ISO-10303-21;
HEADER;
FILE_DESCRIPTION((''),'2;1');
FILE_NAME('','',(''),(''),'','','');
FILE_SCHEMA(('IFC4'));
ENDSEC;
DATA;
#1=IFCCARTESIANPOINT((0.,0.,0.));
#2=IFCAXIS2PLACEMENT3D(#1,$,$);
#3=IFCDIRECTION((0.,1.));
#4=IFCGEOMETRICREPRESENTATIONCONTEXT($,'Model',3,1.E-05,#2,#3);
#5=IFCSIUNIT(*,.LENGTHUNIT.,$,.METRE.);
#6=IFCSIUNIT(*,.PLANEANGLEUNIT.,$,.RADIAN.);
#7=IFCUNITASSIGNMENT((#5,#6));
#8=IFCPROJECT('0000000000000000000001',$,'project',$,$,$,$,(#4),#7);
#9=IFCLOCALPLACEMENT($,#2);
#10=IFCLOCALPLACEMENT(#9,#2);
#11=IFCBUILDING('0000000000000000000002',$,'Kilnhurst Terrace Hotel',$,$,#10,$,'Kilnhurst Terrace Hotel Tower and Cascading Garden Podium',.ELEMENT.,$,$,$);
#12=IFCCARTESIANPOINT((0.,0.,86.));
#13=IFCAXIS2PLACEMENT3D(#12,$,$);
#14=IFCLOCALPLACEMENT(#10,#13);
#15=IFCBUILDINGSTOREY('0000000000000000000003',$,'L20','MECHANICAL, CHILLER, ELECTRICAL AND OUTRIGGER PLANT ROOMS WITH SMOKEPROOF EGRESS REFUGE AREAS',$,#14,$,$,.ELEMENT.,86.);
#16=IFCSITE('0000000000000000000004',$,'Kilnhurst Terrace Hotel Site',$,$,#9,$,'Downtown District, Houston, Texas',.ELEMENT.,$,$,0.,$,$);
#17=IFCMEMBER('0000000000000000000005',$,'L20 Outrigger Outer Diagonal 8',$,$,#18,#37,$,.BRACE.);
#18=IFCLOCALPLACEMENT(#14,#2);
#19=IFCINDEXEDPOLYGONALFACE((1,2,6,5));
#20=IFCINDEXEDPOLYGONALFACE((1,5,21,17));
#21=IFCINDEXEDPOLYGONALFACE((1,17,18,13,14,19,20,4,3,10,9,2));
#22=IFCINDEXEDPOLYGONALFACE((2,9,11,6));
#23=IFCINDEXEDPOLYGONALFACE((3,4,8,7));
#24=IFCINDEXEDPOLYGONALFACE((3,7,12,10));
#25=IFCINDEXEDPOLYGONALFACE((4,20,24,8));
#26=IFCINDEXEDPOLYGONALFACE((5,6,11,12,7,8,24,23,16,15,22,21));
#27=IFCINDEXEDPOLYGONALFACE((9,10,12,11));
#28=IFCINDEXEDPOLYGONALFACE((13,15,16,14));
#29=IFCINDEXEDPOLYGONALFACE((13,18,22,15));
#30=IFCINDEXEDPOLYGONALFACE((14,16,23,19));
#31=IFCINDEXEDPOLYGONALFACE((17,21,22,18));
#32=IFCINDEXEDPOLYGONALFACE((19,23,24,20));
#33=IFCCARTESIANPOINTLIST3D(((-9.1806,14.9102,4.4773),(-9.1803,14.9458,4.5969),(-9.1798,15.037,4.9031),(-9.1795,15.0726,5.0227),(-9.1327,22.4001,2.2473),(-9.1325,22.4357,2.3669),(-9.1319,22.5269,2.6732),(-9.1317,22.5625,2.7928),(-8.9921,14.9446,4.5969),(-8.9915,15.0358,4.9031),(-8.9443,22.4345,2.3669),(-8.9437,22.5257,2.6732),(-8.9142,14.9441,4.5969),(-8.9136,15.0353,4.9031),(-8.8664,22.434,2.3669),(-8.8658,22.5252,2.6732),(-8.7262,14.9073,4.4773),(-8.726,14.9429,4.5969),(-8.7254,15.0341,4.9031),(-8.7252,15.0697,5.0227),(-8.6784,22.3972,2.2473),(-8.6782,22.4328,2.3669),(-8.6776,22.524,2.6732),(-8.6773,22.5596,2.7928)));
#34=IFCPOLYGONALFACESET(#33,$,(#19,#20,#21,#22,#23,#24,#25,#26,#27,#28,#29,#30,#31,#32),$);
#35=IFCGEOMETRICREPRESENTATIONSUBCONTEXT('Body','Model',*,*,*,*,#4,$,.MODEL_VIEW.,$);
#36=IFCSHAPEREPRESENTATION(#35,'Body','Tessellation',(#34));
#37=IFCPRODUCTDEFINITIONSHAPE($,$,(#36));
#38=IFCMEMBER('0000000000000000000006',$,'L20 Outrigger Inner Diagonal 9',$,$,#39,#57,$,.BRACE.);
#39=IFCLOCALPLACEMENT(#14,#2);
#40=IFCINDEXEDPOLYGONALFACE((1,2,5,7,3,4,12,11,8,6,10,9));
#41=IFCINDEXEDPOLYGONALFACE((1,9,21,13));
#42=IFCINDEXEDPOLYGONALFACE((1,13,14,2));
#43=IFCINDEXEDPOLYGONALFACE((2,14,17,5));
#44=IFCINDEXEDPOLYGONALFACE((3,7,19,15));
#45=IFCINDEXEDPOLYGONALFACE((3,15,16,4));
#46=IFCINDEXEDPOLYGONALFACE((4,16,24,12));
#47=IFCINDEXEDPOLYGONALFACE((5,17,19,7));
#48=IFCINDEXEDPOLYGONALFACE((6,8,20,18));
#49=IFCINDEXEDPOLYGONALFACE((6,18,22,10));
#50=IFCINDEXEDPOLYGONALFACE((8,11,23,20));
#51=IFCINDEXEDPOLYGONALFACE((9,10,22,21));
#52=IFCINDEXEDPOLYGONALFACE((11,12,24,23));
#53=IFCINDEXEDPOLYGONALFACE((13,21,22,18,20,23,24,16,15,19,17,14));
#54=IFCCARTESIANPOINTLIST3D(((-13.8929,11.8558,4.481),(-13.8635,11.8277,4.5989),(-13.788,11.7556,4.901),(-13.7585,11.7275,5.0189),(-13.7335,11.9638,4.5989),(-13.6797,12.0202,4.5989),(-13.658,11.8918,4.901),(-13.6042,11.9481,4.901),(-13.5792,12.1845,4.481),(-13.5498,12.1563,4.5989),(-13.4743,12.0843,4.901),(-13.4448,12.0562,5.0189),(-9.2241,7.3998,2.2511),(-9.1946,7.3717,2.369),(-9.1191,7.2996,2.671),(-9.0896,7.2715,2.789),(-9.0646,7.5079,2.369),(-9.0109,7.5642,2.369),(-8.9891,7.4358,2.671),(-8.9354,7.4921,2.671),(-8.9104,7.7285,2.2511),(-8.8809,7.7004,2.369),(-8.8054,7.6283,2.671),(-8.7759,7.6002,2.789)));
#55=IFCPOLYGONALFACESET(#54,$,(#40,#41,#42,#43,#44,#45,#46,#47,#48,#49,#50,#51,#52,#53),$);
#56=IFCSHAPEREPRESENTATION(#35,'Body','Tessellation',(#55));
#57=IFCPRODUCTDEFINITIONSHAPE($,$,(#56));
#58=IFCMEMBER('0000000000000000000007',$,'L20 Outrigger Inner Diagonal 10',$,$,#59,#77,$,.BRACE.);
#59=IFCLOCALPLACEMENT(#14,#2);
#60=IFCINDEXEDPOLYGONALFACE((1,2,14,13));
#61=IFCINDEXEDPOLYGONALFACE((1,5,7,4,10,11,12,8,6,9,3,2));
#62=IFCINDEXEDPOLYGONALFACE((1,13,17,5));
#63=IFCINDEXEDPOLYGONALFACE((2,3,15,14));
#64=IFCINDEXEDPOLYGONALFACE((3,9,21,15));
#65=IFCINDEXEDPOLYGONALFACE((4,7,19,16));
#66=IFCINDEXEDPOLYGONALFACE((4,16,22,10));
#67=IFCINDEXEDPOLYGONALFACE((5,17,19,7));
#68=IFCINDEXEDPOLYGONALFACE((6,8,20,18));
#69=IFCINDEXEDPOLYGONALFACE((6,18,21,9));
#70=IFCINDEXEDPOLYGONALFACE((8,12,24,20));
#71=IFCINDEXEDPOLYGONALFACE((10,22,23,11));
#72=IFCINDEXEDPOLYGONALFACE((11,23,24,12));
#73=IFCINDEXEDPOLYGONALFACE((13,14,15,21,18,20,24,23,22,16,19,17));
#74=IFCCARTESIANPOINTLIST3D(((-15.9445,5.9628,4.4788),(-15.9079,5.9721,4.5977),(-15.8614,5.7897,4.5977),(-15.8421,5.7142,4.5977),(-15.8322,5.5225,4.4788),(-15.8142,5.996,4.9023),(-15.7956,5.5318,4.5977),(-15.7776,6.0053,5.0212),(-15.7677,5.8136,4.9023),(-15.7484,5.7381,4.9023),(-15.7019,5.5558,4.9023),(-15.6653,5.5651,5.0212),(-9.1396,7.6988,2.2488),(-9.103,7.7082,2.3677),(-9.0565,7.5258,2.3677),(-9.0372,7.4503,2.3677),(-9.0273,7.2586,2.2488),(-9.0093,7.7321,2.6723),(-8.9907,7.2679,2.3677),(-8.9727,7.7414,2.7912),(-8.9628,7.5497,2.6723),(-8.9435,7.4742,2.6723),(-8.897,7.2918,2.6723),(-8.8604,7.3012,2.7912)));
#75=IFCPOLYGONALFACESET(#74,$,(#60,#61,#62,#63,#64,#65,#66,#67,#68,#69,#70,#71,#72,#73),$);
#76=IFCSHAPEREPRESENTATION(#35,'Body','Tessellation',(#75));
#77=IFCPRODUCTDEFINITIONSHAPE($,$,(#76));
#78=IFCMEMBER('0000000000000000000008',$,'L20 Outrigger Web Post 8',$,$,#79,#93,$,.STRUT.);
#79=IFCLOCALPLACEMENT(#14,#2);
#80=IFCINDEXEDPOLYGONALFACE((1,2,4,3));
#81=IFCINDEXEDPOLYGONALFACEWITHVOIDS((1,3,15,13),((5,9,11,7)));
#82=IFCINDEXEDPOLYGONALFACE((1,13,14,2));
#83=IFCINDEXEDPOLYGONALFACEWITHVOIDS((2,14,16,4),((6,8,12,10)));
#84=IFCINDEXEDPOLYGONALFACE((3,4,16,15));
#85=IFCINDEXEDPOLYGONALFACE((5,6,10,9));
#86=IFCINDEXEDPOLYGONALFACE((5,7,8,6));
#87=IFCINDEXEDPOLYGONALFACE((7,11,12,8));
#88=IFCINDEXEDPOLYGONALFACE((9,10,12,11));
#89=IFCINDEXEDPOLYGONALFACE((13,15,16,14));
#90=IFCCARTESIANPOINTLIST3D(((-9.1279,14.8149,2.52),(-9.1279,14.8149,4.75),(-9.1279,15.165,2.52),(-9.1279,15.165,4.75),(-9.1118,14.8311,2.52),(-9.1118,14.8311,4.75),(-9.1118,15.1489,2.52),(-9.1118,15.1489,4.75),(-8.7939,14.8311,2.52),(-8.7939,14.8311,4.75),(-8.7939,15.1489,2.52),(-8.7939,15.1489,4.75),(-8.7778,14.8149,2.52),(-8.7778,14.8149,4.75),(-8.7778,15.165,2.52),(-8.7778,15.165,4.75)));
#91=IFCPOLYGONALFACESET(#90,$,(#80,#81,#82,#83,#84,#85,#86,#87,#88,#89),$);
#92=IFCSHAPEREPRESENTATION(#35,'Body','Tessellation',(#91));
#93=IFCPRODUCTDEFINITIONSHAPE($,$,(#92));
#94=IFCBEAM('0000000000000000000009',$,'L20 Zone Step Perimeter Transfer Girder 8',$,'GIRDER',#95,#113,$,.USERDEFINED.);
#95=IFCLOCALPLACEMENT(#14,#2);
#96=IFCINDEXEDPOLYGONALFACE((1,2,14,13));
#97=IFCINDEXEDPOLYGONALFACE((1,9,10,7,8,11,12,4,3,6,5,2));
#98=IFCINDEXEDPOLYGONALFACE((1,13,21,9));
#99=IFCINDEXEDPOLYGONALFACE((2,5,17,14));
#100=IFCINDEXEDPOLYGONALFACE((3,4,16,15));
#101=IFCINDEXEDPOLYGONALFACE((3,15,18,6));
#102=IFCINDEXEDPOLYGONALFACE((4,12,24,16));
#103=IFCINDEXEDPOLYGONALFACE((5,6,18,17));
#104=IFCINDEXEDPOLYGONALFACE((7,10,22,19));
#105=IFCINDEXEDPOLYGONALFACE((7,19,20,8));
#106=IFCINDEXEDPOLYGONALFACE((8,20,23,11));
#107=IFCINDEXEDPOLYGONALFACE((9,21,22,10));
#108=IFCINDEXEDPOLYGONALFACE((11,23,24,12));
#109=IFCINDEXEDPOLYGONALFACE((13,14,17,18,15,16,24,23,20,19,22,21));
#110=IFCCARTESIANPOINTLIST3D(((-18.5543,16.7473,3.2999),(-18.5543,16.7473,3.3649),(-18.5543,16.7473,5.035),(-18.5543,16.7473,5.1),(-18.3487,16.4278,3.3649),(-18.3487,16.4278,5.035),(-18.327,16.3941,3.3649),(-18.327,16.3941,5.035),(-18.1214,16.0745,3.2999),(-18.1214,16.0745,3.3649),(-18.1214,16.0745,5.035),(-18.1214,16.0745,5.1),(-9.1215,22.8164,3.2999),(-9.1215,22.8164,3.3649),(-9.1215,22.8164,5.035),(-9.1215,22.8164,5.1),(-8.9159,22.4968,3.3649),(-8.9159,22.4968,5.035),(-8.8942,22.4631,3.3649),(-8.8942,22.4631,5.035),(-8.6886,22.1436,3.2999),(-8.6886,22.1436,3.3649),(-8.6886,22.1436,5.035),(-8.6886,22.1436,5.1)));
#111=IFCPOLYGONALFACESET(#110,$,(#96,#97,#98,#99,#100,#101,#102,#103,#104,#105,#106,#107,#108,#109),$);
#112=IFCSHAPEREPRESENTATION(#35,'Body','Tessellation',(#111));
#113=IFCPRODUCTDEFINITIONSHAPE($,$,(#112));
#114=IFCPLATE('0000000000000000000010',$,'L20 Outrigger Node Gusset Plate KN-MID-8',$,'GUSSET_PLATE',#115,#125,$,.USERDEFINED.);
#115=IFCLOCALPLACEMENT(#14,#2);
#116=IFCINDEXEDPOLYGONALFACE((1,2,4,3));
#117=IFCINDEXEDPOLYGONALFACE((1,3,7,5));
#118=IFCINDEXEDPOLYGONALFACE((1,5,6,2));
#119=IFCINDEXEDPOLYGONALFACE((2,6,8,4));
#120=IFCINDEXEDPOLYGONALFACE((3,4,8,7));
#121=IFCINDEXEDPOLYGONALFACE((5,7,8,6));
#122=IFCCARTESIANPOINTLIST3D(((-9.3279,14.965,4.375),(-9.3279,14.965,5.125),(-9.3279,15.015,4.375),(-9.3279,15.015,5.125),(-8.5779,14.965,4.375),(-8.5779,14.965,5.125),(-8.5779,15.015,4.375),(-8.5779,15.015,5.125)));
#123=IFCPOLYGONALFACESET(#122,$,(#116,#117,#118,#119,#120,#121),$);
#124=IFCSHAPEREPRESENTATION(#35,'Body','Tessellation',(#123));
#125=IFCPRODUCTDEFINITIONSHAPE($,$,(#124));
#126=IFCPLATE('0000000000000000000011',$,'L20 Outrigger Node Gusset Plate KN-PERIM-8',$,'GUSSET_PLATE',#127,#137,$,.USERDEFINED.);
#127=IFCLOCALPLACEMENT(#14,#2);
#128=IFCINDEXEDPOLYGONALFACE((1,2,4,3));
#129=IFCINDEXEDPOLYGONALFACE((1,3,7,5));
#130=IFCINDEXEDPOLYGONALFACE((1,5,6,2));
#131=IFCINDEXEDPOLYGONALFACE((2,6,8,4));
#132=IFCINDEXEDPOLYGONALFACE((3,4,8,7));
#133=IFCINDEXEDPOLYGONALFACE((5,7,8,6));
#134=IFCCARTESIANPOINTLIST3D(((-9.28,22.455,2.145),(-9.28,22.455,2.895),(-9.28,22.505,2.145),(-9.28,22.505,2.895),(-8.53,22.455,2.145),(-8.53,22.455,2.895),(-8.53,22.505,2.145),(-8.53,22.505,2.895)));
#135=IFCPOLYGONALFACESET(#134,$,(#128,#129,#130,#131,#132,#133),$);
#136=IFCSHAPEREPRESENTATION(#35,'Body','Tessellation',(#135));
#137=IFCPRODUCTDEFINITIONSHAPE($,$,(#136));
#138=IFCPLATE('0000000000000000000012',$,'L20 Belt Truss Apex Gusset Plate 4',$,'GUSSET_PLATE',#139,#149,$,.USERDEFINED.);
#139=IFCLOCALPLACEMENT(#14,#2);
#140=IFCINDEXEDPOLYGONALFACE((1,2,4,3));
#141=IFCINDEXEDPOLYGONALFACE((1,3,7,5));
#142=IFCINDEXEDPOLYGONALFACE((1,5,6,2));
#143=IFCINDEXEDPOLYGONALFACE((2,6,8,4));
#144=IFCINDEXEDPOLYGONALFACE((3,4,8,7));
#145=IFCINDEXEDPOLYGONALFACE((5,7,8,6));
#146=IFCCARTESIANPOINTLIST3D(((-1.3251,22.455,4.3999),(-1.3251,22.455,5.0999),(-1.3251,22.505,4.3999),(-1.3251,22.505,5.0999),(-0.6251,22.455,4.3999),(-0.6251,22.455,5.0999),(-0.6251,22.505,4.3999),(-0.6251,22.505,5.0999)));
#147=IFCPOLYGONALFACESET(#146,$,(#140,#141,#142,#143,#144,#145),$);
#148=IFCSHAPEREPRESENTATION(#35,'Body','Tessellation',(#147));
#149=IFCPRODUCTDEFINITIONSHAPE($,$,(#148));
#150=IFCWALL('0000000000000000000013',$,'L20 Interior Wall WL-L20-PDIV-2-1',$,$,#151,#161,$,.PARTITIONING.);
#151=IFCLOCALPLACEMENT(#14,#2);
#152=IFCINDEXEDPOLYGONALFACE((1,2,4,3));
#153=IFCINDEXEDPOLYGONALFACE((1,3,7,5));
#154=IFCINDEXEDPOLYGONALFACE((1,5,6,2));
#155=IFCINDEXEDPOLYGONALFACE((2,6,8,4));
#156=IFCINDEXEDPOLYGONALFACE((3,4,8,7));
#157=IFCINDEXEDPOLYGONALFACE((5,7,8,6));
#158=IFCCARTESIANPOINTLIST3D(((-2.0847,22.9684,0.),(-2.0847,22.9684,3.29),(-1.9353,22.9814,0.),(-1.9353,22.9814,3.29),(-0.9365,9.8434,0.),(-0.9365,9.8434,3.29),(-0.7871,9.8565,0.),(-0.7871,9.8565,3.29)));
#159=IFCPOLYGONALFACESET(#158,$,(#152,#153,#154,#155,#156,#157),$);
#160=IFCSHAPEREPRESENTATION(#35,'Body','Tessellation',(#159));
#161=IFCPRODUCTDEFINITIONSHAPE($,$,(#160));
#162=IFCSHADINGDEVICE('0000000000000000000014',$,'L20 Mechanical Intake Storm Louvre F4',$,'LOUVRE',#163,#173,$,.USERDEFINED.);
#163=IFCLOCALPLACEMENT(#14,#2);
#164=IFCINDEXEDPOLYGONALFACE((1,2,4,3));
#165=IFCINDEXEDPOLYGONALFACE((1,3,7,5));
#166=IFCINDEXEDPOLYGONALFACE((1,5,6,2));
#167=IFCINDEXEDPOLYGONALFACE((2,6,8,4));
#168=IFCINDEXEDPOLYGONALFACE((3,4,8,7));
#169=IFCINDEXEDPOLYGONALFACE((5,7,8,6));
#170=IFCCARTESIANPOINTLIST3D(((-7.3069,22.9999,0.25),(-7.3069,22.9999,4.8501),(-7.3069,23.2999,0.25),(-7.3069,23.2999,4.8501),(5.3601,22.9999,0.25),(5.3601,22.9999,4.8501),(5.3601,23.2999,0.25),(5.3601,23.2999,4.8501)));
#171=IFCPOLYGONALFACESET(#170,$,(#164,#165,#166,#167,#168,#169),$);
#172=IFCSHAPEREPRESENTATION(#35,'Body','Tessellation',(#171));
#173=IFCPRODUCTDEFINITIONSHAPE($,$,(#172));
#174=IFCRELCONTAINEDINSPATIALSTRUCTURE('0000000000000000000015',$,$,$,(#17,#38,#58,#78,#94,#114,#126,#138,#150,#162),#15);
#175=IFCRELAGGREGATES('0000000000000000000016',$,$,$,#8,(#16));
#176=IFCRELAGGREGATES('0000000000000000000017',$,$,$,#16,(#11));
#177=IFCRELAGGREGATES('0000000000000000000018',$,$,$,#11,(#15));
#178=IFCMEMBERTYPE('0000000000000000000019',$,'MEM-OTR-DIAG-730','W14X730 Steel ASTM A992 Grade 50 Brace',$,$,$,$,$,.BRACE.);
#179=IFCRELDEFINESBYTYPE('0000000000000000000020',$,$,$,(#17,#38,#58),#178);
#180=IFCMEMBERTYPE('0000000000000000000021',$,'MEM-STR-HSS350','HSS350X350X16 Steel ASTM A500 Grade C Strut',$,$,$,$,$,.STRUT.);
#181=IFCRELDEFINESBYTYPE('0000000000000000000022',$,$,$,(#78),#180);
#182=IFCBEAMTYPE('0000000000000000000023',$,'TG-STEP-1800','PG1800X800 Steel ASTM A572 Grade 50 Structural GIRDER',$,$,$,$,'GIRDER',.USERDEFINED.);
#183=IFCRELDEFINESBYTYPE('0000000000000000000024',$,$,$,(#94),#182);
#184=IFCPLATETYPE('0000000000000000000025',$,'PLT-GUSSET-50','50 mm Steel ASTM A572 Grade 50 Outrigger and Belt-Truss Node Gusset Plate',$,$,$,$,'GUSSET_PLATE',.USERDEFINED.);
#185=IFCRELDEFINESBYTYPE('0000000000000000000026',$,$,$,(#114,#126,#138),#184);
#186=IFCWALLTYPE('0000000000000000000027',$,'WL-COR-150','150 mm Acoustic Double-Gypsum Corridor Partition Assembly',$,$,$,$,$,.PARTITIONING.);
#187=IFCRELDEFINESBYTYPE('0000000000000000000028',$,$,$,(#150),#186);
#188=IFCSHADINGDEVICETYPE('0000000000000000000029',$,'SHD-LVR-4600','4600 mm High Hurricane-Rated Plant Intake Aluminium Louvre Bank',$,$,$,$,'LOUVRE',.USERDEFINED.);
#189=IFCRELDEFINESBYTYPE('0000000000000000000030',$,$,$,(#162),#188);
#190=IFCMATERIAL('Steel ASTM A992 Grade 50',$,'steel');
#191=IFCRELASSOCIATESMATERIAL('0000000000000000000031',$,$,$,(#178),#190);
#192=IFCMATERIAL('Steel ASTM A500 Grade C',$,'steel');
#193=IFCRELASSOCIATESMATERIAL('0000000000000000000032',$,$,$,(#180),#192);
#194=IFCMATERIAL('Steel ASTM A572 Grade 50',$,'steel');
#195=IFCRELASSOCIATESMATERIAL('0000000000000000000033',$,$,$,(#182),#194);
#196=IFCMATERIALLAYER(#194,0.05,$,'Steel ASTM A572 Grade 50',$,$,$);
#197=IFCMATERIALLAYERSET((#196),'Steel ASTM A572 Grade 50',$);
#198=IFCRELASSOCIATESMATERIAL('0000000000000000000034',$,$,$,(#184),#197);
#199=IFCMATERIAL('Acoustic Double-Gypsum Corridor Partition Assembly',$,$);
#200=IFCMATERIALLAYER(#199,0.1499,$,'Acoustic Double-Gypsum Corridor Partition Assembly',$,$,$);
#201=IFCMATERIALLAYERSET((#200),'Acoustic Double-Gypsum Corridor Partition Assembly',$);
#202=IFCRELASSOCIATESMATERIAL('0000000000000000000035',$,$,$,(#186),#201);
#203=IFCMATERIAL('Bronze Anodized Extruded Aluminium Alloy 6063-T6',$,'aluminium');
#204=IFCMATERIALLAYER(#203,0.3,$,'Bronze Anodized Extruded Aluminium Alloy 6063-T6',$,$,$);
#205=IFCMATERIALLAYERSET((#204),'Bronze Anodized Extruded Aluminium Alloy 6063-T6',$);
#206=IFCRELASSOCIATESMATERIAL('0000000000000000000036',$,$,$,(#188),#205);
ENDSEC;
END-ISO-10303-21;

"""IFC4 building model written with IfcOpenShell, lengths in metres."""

from ifc_helpers import new_model, si_unit, direction, frame, frame_2d, origin, origin_2d, place, context, subcontext, project, spatial, rectangle, hollow_rectangle, i_section, extrude, material, layer, layer_set, material_profile, profile_set, type_object, element, save


model = new_model("IFC4")

# Units and contexts
model_context = context("Model", 3, precision=1e-05, world=origin(), true_north=direction((0.0, 1.0)))
body_context = subcontext(model_context, "Body", "Model", "MODEL_VIEW")
ifc_project = project(units=[si_unit("LENGTHUNIT", "METRE"), si_unit("PLANEANGLEUNIT", "RADIAN")], contexts=[model_context])

# Site, building, storey
site_placement = place(None, origin())
site = spatial("IfcSite", under=ifc_project, at=site_placement, Name="Kilnhurst Terrace Hotel Site", LongName="Downtown District, Houston, Texas", CompositionType="ELEMENT", RefElevation=0.0)
building_placement = place(site_placement, origin())
building = spatial("IfcBuilding", under=site, at=building_placement, Name="Kilnhurst Terrace Hotel", LongName="Kilnhurst Terrace Hotel Tower and Cascading Garden Podium", CompositionType="ELEMENT")
storey_placement = place(building_placement, frame((0.0, 0.0, 86.0)))
storey = spatial("IfcBuildingStorey", under=building, at=storey_placement, Name="L20", Description="MECHANICAL, CHILLER, ELECTRICAL AND OUTRIGGER PLANT ROOMS WITH SMOKEPROOF EGRESS REFUGE AREAS", CompositionType="ELEMENT", Elevation=86.0)

# Shared definitions
ifc_material_1 = material(Name="Steel ASTM A992 Grade 50", Category="steel")

# Members
ifc_material_2 = material(Name="Steel ASTM A500 Grade C", Category="steel")
ifc_material_profile_1 = material_profile(ifc_material_1, i_section(OverallWidth=0.4543, OverallDepth=0.5691, WebThickness=0.0779, FlangeThickness=0.1248, at=origin_2d()), Name="W14X730")
ifc_profile_set_1 = profile_set([ifc_material_profile_1], Name="Steel ASTM A992 Grade 50")
member_type_1 = type_object("IfcMemberType", Name="MEM-OTR-DIAG-730", Description="W14X730 Steel ASTM A992 Grade 50 Brace", PredefinedType="BRACE", material=ifc_profile_set_1)
member_1_placement = place(storey_placement, frame((-8.9529, 14.99, 4.75), z_axis=(0.006123, 0.958406, -0.285344), x_axis=(-0.99998, 0.006389, 0.0)))
element("IfcMember", 1, at=member_1_placement, inside=storey, type_object=member_type_1, Name="L20 Outrigger Outer Diagonal 8", PredefinedType="BRACE", context=body_context, shape_type="SweptSolid", body=[
    extrude(i_section(OverallWidth=0.4543, OverallDepth=0.5691, WebThickness=0.0779, FlangeThickness=0.1248, at=origin_2d()), origin(), (0.0, 0.0, 1.0), 7.8149),
])
member_2_placement = place(storey_placement, frame((-9.0, 7.5, 2.52), z_axis=(-0.683745, 0.652568, 0.32657), x_axis=(-0.690422, -0.723407, 0.0)))
element("IfcMember", 2, at=member_2_placement, inside=storey, type_object=member_type_1, Name="L20 Outrigger Inner Diagonal 9", PredefinedType="BRACE", context=body_context, shape_type="SweptSolid", body=[
    extrude(i_section(OverallWidth=0.4543, OverallDepth=0.5691, WebThickness=0.0779, FlangeThickness=0.1248, at=origin_2d()), origin(), (0.0, 0.0, 1.0), 6.8284),
])
member_3_placement = place(storey_placement, frame((-9.0, 7.5, 2.52), z_axis=(-0.923524, -0.235611, 0.302639), x_axis=(0.247203, -0.968964, 0.0)))
element("IfcMember", 3, at=member_3_placement, inside=storey, type_object=member_type_1, Name="L20 Outrigger Inner Diagonal 10", PredefinedType="BRACE", context=body_context, shape_type="SweptSolid", body=[
    extrude(i_section(OverallWidth=0.4543, OverallDepth=0.5691, WebThickness=0.0779, FlangeThickness=0.1248, at=origin_2d()), origin(), (0.0, 0.0, 1.0), 7.3684),
])
ifc_material_profile_2 = material_profile(ifc_material_2, hollow_rectangle(XDim=0.3501, YDim=0.3501, WallThickness=0.0161, at=origin_2d()), Name="HSS350X350X16")
ifc_profile_set_2 = profile_set([ifc_material_profile_2], Name="Steel ASTM A500 Grade C")
member_type_2 = type_object("IfcMemberType", Name="MEM-STR-HSS350", Description="HSS350X350X16 Steel ASTM A500 Grade C Strut", PredefinedType="STRUT", material=ifc_profile_set_2)
member_4_placement = place(storey_placement, frame((-8.9529, 14.99, 2.52), z_axis=(0.0, 0.0, 1.0), x_axis=(1.0, 0.0, 0.0)))
element("IfcMember", 4, at=member_4_placement, inside=storey, type_object=member_type_2, Name="L20 Outrigger Web Post 8", PredefinedType="STRUT", context=body_context, shape_type="SweptSolid", body=[
    extrude(hollow_rectangle(XDim=0.3501, YDim=0.3501, WallThickness=0.0161, at=origin_2d()), origin(), (0.0, 0.0, 1.0), 2.23),
])

# Beam
ifc_material_3 = material(Name="Steel ASTM A572 Grade 50", Category="steel")
ifc_material_profile_3 = material_profile(ifc_material_3, i_section(OverallWidth=0.8, OverallDepth=1.8, WebThickness=0.04, FlangeThickness=0.0649, at=origin_2d()), Name="PG1800X800")
ifc_profile_set_3 = profile_set([ifc_material_profile_3], Name="Steel ASTM A572 Grade 50")
beam_type_1 = type_object("IfcBeamType", Name="TG-STEP-1800", Description="PG1800X800 Steel ASTM A572 Grade 50 Structural GIRDER", ElementType="GIRDER", PredefinedType="USERDEFINED", material=ifc_profile_set_3)
beam_1_placement = place(storey_placement, frame((-8.905, 22.48, 4.2), z_axis=(-0.840971, -0.54108, 0.0), x_axis=(0.54108, -0.840971, 0.0)))
element("IfcBeam", 5, at=beam_1_placement, inside=storey, type_object=beam_type_1, Name="L20 Zone Step Perimeter Transfer Girder 8", ObjectType="GIRDER", PredefinedType="USERDEFINED", context=body_context, shape_type="SweptSolid", body=[
    extrude(i_section(OverallWidth=0.8, OverallDepth=1.8, WebThickness=0.04, FlangeThickness=0.0649, at=origin_2d()), origin(), (0.0, 0.0, 1.0), 11.2166),
])

# Plates
ifc_layer_1 = layer(ifc_material_3, 0.05, Name="Steel ASTM A572 Grade 50")
ifc_layer_set_1 = layer_set([ifc_layer_1], Name="Steel ASTM A572 Grade 50")
plate_type = type_object("IfcPlateType", Name="PLT-GUSSET-50", Description="50 mm Steel ASTM A572 Grade 50 Outrigger and Belt-Truss Node Gusset Plate", ElementType="GUSSET_PLATE", PredefinedType="USERDEFINED", material=ifc_layer_set_1)
for number, where, z_axis, x_axis, name in (
    (6, (-8.9529, 14.99, 4.375), (0.0, 0.0, 1.0), (1.0, 0.0, 0.0), "L20 Outrigger Node Gusset Plate KN-MID-8"),
    (7, (-8.905, 22.48, 2.145), (0.0, 0.0, 1.0), (1.0, 0.0, 0.0), "L20 Outrigger Node Gusset Plate KN-PERIM-8"),
):
    element("IfcPlate", number, at=place(storey_placement, frame(where, z_axis=z_axis, x_axis=x_axis)), inside=storey, type_object=plate_type, Name=name, ObjectType="GUSSET_PLATE", PredefinedType="USERDEFINED", context=body_context, shape_type="SweptSolid", body=[
        extrude(rectangle(XDim=0.75, YDim=0.05, at=origin_2d()), origin(), (0.0, 0.0, 1.0), 0.75),
    ])
plate_placement = place(storey_placement, frame((-0.9751, 22.48, 4.3999), z_axis=(0.0, 0.0, 1.0), x_axis=(1.0, 0.0, 0.0)))
element("IfcPlate", 8, at=plate_placement, inside=storey, type_object=plate_type, Name="L20 Belt Truss Apex Gusset Plate 4", ObjectType="GUSSET_PLATE", PredefinedType="USERDEFINED", context=body_context, shape_type="SweptSolid", body=[
    extrude(rectangle(XDim=0.7, YDim=0.05, at=origin_2d()), origin(), (0.0, 0.0, 1.0), 0.7),
])

# Wall
ifc_material_4 = material(Name="Acoustic Double-Gypsum Corridor Partition Assembly")
ifc_layer_2 = layer(ifc_material_4, 0.1499, Name="Acoustic Double-Gypsum Corridor Partition Assembly")
ifc_layer_set_2 = layer_set([ifc_layer_2], Name="Acoustic Double-Gypsum Corridor Partition Assembly")
wall_type = type_object("IfcWallType", Name="WL-COR-150", Description="150 mm Acoustic Double-Gypsum Corridor Partition Assembly", PredefinedType="PARTITIONING", material=ifc_layer_set_2)
wall_placement = place(storey_placement, frame((-0.8618, 9.8501, 0.0), z_axis=(0.0, 0.0, 1.0), x_axis=(-0.087149, 0.996195, 0.0)))
element("IfcWall", 9, at=wall_placement, inside=storey, type_object=wall_type, Name="L20 Interior Wall WL-L20-PDIV-2-1", PredefinedType="PARTITIONING", context=body_context, shape_type="SweptSolid", body=[
    extrude(rectangle(XDim=13.175, YDim=0.1499, at=frame_2d((6.5874, 0.0))), origin(), (0.0, 0.0, 1.0), 3.29),
])

# Shading device
ifc_material_5 = material(Name="Bronze Anodized Extruded Aluminium Alloy 6063-T6", Category="aluminium")
ifc_layer_3 = layer(ifc_material_5, 0.3, Name="Bronze Anodized Extruded Aluminium Alloy 6063-T6")
ifc_layer_set_3 = layer_set([ifc_layer_3], Name="Bronze Anodized Extruded Aluminium Alloy 6063-T6")
shading_device_type = type_object("IfcShadingDeviceType", Name="SHD-LVR-4600", Description="4600 mm High Hurricane-Rated Plant Intake Aluminium Louvre Bank", ElementType="LOUVRE", PredefinedType="USERDEFINED", material=ifc_layer_set_3)
shading_device_placement = place(storey_placement, frame((-0.9734, 23.1499, 0.25), z_axis=(0.0, 0.0, 1.0), x_axis=(-1.0, 0.0, 0.0)))
element("IfcShadingDevice", 10, at=shading_device_placement, inside=storey, type_object=shading_device_type, Name="L20 Mechanical Intake Storm Louvre F4", ObjectType="LOUVRE", PredefinedType="USERDEFINED", context=body_context, shape_type="SweptSolid", body=[
    extrude(rectangle(XDim=12.667, YDim=0.3, at=origin_2d()), origin(), (0.0, 0.0, 1.0), 4.6001),
])

save(model, "model.ifc")
